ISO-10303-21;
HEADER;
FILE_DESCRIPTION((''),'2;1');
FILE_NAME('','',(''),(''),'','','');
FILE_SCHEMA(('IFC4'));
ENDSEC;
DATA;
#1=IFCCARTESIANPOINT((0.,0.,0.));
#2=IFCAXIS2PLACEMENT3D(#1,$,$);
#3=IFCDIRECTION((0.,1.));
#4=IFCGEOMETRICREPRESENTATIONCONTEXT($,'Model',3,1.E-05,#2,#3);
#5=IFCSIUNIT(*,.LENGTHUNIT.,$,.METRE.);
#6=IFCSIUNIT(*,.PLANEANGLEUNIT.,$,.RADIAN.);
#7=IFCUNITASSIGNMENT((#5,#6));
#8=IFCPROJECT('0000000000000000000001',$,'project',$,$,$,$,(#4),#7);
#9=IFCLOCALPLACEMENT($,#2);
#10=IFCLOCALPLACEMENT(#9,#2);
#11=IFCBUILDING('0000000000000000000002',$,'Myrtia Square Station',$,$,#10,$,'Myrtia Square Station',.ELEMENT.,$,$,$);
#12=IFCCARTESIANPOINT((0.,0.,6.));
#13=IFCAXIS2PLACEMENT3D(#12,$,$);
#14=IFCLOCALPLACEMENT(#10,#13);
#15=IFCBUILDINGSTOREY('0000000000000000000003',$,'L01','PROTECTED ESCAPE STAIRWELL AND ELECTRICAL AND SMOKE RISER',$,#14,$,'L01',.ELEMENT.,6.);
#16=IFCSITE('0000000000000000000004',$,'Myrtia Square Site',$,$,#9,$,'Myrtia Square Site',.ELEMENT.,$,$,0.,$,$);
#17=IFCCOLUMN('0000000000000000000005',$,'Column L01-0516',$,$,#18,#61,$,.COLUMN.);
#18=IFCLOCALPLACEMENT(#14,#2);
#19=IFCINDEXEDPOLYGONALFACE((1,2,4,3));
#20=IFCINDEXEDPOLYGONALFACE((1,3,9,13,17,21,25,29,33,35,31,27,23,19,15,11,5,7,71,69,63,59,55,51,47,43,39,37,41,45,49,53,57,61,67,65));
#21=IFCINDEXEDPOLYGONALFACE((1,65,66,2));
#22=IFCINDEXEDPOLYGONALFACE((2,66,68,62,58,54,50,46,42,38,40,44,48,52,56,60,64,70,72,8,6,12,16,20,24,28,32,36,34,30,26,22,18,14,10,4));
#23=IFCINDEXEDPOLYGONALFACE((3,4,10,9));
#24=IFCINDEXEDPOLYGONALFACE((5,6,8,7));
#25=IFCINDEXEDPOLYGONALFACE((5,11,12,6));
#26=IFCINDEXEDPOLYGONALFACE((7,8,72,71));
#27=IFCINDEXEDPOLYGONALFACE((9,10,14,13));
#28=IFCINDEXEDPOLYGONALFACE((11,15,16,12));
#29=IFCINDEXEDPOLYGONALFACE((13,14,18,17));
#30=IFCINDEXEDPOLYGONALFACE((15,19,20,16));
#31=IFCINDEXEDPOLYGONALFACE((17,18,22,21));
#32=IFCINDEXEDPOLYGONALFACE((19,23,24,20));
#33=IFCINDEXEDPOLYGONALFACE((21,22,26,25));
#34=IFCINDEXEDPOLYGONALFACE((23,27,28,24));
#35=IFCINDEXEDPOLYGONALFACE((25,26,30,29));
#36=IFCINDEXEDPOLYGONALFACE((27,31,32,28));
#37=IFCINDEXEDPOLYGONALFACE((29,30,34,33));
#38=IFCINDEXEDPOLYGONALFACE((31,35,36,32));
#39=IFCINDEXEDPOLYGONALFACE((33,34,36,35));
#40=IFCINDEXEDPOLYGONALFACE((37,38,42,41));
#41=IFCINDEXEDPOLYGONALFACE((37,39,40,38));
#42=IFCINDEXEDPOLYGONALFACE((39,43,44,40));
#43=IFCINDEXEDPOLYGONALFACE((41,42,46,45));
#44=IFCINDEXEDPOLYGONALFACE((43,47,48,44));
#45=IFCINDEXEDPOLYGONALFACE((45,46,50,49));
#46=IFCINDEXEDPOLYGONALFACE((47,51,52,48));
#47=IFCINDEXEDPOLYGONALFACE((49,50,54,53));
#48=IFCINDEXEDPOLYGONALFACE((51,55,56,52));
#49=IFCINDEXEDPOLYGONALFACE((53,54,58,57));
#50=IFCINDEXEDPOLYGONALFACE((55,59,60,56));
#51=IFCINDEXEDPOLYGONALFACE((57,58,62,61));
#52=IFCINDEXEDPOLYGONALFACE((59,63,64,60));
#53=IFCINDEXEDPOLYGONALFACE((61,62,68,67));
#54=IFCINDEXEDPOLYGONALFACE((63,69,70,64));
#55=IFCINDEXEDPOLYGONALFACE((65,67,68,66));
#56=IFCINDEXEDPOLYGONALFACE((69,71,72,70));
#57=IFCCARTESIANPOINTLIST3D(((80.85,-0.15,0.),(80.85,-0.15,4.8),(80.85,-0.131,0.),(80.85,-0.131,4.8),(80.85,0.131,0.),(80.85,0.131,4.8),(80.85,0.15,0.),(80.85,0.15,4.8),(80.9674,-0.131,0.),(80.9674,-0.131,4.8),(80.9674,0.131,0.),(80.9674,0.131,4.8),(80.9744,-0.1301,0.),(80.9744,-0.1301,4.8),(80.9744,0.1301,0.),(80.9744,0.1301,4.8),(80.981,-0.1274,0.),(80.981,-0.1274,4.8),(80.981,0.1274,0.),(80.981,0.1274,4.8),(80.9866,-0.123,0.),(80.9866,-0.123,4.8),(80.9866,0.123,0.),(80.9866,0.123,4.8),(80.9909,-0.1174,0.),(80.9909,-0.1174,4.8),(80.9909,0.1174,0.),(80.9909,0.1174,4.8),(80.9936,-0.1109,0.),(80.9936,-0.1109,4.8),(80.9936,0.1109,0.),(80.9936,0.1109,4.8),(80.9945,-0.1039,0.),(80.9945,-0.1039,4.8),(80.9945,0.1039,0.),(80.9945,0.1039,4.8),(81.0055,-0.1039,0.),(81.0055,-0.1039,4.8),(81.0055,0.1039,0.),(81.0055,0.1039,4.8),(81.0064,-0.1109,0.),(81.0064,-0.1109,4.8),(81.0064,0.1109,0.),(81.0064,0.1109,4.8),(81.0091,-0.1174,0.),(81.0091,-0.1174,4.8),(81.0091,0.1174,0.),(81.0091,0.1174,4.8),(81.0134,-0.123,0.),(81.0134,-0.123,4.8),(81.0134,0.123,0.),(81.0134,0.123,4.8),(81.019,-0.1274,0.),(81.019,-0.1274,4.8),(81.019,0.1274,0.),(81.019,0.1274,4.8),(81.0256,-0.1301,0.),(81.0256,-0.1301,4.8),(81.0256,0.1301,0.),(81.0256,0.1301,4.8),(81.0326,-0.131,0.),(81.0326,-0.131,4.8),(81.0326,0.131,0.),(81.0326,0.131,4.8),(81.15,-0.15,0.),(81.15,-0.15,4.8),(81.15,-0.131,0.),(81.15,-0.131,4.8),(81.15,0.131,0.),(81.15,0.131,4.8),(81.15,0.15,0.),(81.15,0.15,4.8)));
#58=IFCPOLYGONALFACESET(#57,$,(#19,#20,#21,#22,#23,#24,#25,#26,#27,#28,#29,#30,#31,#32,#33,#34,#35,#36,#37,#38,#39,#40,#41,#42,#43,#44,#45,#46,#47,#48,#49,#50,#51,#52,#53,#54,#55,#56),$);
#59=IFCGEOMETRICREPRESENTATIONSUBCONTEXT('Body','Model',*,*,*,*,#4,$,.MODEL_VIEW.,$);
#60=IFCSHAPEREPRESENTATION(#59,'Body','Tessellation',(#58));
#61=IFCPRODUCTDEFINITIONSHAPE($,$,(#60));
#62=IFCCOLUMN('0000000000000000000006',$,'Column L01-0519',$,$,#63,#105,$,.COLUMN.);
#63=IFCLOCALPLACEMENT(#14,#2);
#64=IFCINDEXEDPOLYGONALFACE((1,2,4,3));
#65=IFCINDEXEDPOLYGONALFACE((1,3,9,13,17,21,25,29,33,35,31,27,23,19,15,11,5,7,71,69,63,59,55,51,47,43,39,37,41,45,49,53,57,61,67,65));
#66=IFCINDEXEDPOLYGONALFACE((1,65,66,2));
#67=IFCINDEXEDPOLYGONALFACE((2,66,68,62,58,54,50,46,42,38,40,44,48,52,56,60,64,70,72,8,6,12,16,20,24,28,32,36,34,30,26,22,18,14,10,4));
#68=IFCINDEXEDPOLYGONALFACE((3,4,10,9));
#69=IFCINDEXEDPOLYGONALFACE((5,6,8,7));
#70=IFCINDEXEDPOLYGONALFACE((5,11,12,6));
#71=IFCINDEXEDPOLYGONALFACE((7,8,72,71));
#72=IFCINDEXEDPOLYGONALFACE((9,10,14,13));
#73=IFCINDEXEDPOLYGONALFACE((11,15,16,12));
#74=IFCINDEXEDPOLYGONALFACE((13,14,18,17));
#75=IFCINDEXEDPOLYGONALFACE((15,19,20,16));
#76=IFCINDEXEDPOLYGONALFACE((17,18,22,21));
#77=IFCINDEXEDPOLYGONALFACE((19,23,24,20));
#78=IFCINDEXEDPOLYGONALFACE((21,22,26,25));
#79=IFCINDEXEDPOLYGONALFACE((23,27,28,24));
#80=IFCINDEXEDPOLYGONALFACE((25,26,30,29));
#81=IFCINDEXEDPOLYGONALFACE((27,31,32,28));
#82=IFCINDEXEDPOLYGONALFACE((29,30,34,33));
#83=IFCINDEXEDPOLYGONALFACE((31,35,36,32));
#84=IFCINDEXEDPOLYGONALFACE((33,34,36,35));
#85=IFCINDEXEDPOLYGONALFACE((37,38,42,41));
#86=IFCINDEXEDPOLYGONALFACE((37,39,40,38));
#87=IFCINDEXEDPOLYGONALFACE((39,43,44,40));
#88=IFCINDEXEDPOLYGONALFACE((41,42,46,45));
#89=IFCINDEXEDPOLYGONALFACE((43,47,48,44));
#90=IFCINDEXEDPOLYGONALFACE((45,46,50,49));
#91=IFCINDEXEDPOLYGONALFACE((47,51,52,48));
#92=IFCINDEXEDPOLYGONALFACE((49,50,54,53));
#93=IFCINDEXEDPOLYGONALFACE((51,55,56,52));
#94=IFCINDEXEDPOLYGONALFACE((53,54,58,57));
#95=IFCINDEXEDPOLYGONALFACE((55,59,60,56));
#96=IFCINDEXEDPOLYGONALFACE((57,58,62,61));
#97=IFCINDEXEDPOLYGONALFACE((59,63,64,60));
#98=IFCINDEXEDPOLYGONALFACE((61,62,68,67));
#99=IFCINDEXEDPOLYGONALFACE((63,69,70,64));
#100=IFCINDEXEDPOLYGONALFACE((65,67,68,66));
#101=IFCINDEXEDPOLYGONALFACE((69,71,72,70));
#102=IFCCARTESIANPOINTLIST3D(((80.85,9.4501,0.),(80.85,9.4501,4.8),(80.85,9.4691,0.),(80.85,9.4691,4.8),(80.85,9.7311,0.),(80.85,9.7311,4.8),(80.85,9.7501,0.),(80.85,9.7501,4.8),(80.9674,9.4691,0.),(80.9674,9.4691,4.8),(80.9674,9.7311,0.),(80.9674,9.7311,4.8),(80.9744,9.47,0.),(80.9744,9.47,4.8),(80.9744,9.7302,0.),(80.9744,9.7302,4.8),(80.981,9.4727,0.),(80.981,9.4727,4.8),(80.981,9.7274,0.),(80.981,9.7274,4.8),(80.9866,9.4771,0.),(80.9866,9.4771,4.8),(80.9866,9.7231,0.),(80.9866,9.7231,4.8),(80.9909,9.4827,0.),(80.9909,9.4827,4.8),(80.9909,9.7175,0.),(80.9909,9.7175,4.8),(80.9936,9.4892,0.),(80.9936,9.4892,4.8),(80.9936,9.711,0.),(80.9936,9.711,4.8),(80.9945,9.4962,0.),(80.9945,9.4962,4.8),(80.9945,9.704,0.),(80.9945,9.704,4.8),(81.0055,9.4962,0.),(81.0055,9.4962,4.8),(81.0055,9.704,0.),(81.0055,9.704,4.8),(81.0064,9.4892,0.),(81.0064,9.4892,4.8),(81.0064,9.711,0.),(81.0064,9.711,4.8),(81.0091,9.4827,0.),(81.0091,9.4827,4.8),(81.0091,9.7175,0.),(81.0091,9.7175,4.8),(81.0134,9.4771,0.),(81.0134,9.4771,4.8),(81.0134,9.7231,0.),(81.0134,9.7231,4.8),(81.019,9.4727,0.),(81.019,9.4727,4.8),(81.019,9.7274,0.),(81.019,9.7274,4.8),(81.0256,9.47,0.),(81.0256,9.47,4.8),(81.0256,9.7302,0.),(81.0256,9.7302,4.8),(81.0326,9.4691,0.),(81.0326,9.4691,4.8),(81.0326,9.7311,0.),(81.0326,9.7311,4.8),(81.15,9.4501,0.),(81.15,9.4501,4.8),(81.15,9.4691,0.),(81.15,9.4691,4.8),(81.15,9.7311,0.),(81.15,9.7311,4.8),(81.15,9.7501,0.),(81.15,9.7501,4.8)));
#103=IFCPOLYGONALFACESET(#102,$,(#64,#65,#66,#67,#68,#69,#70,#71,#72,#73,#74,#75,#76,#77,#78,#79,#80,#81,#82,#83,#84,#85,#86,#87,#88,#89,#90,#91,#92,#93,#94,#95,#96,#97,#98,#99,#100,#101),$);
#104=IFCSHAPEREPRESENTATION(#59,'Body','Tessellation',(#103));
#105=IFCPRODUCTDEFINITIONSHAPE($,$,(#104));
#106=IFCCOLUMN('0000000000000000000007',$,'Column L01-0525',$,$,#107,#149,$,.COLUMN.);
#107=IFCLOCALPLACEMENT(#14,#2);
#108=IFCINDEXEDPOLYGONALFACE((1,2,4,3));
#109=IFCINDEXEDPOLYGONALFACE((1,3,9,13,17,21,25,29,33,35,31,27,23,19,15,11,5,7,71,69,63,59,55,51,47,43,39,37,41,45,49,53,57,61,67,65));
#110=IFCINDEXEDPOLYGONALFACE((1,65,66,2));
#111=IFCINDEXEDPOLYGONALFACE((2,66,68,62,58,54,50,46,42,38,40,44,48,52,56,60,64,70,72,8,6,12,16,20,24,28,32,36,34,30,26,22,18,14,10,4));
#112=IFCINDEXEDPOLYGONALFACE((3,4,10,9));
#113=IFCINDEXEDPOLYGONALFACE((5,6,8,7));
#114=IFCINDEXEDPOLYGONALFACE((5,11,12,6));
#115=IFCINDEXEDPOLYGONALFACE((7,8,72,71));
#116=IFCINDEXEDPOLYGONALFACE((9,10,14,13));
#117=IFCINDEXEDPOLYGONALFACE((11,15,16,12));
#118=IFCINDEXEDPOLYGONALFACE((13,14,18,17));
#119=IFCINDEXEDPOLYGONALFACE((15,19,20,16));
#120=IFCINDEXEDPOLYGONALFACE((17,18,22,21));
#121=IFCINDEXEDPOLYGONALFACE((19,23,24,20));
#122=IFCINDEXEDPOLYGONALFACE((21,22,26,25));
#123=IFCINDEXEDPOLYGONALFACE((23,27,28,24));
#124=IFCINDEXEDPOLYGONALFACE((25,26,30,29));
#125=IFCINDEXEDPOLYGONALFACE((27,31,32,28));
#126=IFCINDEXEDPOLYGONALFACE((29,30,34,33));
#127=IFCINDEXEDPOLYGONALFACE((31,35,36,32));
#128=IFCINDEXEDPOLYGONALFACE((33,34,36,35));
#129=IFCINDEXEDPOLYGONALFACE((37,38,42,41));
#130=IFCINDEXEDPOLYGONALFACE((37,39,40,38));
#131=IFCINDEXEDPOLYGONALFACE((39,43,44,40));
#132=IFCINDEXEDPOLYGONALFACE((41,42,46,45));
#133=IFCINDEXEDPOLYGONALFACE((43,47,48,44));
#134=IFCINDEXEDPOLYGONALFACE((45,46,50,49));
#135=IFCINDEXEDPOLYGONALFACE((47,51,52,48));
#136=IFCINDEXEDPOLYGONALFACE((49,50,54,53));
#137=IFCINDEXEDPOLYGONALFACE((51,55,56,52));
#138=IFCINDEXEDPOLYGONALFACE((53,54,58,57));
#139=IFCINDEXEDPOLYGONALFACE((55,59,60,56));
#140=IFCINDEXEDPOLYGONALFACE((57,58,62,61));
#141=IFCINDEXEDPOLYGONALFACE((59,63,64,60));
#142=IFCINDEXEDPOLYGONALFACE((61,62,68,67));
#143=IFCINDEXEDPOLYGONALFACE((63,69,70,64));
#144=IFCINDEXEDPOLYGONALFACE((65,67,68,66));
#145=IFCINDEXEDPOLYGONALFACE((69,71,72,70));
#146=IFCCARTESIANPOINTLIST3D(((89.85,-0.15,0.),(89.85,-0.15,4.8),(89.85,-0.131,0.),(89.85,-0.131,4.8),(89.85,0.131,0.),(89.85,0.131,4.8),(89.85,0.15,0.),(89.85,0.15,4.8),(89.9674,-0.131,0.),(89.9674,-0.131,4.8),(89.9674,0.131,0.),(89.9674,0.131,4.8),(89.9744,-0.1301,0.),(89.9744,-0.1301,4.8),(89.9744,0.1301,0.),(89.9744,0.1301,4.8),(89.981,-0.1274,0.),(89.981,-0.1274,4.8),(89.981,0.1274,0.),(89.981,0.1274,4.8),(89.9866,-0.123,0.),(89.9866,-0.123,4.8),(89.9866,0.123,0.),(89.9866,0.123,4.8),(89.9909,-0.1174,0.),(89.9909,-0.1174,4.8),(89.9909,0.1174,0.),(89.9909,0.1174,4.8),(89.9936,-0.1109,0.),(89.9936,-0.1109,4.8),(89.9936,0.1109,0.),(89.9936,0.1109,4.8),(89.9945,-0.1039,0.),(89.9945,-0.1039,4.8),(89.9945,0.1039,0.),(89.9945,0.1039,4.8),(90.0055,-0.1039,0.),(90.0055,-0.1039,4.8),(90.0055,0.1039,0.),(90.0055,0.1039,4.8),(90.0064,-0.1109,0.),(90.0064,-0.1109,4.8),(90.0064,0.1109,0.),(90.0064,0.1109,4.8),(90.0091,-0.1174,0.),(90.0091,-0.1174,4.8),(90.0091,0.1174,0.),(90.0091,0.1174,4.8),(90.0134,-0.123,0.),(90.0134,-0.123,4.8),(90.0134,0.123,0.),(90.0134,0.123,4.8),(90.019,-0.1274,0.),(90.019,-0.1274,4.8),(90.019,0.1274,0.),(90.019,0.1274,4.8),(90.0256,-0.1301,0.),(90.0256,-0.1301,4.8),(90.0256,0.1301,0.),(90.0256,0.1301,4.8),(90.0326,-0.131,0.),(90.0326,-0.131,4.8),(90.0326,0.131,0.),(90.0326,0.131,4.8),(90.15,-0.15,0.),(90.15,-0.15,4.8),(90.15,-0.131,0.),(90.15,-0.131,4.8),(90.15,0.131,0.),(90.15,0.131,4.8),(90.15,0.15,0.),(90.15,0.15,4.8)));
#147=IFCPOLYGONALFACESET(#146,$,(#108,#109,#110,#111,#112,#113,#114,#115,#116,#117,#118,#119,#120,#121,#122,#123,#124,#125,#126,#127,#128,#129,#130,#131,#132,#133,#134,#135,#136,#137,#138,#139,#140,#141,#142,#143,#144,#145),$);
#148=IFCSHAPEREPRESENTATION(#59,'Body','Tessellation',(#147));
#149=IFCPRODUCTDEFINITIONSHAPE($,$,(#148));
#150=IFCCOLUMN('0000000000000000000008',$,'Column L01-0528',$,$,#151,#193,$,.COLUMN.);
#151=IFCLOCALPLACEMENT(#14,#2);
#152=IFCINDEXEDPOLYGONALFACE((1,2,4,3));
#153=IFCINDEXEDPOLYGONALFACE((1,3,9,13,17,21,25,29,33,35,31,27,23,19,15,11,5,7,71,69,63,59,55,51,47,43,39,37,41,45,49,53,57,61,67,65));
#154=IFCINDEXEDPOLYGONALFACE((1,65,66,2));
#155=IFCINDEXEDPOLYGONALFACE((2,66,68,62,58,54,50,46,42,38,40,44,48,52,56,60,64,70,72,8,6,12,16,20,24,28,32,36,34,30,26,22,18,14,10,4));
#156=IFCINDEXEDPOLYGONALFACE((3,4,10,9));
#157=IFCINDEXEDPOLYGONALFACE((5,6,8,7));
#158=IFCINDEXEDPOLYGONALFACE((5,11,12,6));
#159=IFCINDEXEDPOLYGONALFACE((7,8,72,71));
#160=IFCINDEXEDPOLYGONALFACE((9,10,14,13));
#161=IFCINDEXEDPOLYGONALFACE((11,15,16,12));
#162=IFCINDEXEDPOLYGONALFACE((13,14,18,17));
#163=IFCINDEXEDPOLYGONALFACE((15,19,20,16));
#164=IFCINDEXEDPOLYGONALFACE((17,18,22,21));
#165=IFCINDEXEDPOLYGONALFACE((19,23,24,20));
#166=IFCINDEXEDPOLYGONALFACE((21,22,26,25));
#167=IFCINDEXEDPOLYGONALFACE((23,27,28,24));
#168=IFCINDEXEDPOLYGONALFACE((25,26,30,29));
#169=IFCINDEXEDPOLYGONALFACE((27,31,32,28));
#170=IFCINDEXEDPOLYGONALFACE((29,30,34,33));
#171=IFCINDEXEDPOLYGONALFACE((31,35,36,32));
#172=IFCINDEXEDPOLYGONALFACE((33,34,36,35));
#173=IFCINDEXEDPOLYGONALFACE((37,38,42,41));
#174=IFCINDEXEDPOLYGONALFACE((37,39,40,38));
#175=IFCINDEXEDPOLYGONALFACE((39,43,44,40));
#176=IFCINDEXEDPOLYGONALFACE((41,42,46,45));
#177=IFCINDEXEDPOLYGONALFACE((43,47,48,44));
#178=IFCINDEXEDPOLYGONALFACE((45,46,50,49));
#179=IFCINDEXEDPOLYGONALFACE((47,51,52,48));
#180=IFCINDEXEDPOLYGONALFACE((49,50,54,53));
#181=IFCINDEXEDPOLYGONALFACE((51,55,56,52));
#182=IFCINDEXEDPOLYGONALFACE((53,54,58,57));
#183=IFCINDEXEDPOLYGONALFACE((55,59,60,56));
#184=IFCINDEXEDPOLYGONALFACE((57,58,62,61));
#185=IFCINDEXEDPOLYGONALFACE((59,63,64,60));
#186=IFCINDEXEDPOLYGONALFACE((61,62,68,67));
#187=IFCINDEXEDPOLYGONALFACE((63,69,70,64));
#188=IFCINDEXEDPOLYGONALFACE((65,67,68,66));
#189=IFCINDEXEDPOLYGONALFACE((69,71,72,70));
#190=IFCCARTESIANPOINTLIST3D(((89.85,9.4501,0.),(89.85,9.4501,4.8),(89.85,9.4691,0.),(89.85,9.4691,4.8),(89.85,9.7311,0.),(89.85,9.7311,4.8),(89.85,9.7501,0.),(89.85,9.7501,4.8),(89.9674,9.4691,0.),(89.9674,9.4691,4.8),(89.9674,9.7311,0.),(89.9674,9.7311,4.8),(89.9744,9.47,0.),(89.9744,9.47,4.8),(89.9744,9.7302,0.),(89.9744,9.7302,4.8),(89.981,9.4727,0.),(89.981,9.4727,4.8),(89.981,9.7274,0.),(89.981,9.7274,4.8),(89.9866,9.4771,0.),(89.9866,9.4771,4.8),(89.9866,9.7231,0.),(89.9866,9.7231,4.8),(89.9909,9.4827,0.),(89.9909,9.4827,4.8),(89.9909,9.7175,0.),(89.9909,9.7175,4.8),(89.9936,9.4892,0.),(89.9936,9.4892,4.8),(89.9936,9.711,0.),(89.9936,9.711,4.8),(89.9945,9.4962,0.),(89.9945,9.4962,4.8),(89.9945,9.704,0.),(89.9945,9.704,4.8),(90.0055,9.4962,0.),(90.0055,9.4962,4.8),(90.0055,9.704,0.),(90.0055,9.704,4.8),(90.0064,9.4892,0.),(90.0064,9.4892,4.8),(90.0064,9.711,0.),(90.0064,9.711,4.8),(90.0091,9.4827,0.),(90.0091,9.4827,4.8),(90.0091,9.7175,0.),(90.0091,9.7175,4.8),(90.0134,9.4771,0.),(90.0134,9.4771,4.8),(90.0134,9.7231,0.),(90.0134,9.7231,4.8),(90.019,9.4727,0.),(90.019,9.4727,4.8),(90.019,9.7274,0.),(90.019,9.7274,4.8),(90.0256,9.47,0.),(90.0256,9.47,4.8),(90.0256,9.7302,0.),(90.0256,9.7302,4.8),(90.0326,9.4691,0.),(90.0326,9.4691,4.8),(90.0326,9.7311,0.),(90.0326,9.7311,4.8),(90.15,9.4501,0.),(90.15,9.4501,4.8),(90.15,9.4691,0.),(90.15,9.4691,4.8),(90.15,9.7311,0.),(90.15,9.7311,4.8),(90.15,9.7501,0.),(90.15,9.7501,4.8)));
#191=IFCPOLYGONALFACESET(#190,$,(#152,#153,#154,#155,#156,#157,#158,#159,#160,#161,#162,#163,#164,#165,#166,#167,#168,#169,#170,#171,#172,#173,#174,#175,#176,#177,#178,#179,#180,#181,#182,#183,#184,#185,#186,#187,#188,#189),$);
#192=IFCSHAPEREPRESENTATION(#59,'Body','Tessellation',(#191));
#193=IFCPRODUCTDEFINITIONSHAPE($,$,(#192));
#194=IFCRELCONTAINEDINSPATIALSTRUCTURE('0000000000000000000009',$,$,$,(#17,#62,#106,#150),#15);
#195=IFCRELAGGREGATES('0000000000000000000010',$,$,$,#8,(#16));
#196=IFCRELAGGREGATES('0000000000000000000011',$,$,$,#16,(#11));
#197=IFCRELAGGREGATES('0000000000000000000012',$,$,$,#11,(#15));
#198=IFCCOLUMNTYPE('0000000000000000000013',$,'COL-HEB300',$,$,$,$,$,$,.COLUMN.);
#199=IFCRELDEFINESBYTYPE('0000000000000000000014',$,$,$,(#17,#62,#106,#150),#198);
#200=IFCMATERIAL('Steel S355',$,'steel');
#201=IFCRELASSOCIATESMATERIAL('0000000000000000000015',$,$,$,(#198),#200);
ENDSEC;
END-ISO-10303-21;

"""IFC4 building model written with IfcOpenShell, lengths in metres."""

from ifc_helpers import new_model, si_unit, direction, frame, origin, origin_2d, place, context, subcontext, project, spatial, i_section, extrude, material, material_profile, profile_set, type_object, element, save


model = new_model("IFC4")

# Units and contexts
model_context = context("Model", 3, precision=1e-05, world=origin(), true_north=direction((0.0, 1.0)))
body_context = subcontext(model_context, "Body", "Model", "MODEL_VIEW")
ifc_project = project(units=[si_unit("LENGTHUNIT", "METRE"), si_unit("PLANEANGLEUNIT", "RADIAN")], contexts=[model_context])

# Site, building, storey
site_placement = place(None, origin())
site = spatial("IfcSite", under=ifc_project, at=site_placement, Name="Myrtia Square Site", LongName="Myrtia Square Site", CompositionType="ELEMENT", RefElevation=0.0)
building_placement = place(site_placement, origin())
building = spatial("IfcBuilding", under=site, at=building_placement, Name="Myrtia Square Station", LongName="Myrtia Square Station", CompositionType="ELEMENT")
storey_placement = place(building_placement, frame((0.0, 0.0, 6.0)))
storey = spatial("IfcBuildingStorey", under=building, at=storey_placement, Name="L01", Description="PROTECTED ESCAPE STAIRWELL AND ELECTRICAL AND SMOKE RISER", LongName="L01", CompositionType="ELEMENT", Elevation=6.0)

# Columns
ifc_material_1 = material(Name="Steel S355", Category="steel")
ifc_material_profile_1 = material_profile(ifc_material_1, i_section(OverallWidth=0.3, OverallDepth=0.3, WebThickness=0.011, FlangeThickness=0.019, FilletRadius=0.0271, at=origin_2d()), Name="HEB 300")
ifc_profile_set_1 = profile_set([ifc_material_profile_1], Name="Steel S355")
column_type = type_object("IfcColumnType", Name="COL-HEB300", PredefinedType="COLUMN", material=ifc_profile_set_1)
for number, where, z_axis, x_axis, name in (
    (1, (81.0, 0.0, 0.0), (0.0, 0.0, 1.0), (1.0, 0.0, 0.0), "Column L01-0516"),
    (2, (81.0, 9.6001, 0.0), (0.0, 0.0, 1.0), (1.0, 0.0, 0.0), "Column L01-0519"),
    (3, (90.0, 0.0, 0.0), (0.0, 0.0, 1.0), (1.0, 0.0, 0.0), "Column L01-0525"),
    (4, (90.0, 9.6001, 0.0), (0.0, 0.0, 1.0), (1.0, 0.0, 0.0), "Column L01-0528"),
):
    element("IfcColumn", number, at=place(storey_placement, frame(where, z_axis=z_axis, x_axis=x_axis)), inside=storey, type_object=column_type, Name=name, PredefinedType="COLUMN", context=body_context, shape_type="SweptSolid", body=[
        extrude(i_section(OverallWidth=0.3, OverallDepth=0.3, WebThickness=0.011, FlangeThickness=0.019, FilletRadius=0.0271, at=origin_2d()), origin(), (0.0, 0.0, 1.0), 4.8),
    ])

save(model, "model.ifc")
